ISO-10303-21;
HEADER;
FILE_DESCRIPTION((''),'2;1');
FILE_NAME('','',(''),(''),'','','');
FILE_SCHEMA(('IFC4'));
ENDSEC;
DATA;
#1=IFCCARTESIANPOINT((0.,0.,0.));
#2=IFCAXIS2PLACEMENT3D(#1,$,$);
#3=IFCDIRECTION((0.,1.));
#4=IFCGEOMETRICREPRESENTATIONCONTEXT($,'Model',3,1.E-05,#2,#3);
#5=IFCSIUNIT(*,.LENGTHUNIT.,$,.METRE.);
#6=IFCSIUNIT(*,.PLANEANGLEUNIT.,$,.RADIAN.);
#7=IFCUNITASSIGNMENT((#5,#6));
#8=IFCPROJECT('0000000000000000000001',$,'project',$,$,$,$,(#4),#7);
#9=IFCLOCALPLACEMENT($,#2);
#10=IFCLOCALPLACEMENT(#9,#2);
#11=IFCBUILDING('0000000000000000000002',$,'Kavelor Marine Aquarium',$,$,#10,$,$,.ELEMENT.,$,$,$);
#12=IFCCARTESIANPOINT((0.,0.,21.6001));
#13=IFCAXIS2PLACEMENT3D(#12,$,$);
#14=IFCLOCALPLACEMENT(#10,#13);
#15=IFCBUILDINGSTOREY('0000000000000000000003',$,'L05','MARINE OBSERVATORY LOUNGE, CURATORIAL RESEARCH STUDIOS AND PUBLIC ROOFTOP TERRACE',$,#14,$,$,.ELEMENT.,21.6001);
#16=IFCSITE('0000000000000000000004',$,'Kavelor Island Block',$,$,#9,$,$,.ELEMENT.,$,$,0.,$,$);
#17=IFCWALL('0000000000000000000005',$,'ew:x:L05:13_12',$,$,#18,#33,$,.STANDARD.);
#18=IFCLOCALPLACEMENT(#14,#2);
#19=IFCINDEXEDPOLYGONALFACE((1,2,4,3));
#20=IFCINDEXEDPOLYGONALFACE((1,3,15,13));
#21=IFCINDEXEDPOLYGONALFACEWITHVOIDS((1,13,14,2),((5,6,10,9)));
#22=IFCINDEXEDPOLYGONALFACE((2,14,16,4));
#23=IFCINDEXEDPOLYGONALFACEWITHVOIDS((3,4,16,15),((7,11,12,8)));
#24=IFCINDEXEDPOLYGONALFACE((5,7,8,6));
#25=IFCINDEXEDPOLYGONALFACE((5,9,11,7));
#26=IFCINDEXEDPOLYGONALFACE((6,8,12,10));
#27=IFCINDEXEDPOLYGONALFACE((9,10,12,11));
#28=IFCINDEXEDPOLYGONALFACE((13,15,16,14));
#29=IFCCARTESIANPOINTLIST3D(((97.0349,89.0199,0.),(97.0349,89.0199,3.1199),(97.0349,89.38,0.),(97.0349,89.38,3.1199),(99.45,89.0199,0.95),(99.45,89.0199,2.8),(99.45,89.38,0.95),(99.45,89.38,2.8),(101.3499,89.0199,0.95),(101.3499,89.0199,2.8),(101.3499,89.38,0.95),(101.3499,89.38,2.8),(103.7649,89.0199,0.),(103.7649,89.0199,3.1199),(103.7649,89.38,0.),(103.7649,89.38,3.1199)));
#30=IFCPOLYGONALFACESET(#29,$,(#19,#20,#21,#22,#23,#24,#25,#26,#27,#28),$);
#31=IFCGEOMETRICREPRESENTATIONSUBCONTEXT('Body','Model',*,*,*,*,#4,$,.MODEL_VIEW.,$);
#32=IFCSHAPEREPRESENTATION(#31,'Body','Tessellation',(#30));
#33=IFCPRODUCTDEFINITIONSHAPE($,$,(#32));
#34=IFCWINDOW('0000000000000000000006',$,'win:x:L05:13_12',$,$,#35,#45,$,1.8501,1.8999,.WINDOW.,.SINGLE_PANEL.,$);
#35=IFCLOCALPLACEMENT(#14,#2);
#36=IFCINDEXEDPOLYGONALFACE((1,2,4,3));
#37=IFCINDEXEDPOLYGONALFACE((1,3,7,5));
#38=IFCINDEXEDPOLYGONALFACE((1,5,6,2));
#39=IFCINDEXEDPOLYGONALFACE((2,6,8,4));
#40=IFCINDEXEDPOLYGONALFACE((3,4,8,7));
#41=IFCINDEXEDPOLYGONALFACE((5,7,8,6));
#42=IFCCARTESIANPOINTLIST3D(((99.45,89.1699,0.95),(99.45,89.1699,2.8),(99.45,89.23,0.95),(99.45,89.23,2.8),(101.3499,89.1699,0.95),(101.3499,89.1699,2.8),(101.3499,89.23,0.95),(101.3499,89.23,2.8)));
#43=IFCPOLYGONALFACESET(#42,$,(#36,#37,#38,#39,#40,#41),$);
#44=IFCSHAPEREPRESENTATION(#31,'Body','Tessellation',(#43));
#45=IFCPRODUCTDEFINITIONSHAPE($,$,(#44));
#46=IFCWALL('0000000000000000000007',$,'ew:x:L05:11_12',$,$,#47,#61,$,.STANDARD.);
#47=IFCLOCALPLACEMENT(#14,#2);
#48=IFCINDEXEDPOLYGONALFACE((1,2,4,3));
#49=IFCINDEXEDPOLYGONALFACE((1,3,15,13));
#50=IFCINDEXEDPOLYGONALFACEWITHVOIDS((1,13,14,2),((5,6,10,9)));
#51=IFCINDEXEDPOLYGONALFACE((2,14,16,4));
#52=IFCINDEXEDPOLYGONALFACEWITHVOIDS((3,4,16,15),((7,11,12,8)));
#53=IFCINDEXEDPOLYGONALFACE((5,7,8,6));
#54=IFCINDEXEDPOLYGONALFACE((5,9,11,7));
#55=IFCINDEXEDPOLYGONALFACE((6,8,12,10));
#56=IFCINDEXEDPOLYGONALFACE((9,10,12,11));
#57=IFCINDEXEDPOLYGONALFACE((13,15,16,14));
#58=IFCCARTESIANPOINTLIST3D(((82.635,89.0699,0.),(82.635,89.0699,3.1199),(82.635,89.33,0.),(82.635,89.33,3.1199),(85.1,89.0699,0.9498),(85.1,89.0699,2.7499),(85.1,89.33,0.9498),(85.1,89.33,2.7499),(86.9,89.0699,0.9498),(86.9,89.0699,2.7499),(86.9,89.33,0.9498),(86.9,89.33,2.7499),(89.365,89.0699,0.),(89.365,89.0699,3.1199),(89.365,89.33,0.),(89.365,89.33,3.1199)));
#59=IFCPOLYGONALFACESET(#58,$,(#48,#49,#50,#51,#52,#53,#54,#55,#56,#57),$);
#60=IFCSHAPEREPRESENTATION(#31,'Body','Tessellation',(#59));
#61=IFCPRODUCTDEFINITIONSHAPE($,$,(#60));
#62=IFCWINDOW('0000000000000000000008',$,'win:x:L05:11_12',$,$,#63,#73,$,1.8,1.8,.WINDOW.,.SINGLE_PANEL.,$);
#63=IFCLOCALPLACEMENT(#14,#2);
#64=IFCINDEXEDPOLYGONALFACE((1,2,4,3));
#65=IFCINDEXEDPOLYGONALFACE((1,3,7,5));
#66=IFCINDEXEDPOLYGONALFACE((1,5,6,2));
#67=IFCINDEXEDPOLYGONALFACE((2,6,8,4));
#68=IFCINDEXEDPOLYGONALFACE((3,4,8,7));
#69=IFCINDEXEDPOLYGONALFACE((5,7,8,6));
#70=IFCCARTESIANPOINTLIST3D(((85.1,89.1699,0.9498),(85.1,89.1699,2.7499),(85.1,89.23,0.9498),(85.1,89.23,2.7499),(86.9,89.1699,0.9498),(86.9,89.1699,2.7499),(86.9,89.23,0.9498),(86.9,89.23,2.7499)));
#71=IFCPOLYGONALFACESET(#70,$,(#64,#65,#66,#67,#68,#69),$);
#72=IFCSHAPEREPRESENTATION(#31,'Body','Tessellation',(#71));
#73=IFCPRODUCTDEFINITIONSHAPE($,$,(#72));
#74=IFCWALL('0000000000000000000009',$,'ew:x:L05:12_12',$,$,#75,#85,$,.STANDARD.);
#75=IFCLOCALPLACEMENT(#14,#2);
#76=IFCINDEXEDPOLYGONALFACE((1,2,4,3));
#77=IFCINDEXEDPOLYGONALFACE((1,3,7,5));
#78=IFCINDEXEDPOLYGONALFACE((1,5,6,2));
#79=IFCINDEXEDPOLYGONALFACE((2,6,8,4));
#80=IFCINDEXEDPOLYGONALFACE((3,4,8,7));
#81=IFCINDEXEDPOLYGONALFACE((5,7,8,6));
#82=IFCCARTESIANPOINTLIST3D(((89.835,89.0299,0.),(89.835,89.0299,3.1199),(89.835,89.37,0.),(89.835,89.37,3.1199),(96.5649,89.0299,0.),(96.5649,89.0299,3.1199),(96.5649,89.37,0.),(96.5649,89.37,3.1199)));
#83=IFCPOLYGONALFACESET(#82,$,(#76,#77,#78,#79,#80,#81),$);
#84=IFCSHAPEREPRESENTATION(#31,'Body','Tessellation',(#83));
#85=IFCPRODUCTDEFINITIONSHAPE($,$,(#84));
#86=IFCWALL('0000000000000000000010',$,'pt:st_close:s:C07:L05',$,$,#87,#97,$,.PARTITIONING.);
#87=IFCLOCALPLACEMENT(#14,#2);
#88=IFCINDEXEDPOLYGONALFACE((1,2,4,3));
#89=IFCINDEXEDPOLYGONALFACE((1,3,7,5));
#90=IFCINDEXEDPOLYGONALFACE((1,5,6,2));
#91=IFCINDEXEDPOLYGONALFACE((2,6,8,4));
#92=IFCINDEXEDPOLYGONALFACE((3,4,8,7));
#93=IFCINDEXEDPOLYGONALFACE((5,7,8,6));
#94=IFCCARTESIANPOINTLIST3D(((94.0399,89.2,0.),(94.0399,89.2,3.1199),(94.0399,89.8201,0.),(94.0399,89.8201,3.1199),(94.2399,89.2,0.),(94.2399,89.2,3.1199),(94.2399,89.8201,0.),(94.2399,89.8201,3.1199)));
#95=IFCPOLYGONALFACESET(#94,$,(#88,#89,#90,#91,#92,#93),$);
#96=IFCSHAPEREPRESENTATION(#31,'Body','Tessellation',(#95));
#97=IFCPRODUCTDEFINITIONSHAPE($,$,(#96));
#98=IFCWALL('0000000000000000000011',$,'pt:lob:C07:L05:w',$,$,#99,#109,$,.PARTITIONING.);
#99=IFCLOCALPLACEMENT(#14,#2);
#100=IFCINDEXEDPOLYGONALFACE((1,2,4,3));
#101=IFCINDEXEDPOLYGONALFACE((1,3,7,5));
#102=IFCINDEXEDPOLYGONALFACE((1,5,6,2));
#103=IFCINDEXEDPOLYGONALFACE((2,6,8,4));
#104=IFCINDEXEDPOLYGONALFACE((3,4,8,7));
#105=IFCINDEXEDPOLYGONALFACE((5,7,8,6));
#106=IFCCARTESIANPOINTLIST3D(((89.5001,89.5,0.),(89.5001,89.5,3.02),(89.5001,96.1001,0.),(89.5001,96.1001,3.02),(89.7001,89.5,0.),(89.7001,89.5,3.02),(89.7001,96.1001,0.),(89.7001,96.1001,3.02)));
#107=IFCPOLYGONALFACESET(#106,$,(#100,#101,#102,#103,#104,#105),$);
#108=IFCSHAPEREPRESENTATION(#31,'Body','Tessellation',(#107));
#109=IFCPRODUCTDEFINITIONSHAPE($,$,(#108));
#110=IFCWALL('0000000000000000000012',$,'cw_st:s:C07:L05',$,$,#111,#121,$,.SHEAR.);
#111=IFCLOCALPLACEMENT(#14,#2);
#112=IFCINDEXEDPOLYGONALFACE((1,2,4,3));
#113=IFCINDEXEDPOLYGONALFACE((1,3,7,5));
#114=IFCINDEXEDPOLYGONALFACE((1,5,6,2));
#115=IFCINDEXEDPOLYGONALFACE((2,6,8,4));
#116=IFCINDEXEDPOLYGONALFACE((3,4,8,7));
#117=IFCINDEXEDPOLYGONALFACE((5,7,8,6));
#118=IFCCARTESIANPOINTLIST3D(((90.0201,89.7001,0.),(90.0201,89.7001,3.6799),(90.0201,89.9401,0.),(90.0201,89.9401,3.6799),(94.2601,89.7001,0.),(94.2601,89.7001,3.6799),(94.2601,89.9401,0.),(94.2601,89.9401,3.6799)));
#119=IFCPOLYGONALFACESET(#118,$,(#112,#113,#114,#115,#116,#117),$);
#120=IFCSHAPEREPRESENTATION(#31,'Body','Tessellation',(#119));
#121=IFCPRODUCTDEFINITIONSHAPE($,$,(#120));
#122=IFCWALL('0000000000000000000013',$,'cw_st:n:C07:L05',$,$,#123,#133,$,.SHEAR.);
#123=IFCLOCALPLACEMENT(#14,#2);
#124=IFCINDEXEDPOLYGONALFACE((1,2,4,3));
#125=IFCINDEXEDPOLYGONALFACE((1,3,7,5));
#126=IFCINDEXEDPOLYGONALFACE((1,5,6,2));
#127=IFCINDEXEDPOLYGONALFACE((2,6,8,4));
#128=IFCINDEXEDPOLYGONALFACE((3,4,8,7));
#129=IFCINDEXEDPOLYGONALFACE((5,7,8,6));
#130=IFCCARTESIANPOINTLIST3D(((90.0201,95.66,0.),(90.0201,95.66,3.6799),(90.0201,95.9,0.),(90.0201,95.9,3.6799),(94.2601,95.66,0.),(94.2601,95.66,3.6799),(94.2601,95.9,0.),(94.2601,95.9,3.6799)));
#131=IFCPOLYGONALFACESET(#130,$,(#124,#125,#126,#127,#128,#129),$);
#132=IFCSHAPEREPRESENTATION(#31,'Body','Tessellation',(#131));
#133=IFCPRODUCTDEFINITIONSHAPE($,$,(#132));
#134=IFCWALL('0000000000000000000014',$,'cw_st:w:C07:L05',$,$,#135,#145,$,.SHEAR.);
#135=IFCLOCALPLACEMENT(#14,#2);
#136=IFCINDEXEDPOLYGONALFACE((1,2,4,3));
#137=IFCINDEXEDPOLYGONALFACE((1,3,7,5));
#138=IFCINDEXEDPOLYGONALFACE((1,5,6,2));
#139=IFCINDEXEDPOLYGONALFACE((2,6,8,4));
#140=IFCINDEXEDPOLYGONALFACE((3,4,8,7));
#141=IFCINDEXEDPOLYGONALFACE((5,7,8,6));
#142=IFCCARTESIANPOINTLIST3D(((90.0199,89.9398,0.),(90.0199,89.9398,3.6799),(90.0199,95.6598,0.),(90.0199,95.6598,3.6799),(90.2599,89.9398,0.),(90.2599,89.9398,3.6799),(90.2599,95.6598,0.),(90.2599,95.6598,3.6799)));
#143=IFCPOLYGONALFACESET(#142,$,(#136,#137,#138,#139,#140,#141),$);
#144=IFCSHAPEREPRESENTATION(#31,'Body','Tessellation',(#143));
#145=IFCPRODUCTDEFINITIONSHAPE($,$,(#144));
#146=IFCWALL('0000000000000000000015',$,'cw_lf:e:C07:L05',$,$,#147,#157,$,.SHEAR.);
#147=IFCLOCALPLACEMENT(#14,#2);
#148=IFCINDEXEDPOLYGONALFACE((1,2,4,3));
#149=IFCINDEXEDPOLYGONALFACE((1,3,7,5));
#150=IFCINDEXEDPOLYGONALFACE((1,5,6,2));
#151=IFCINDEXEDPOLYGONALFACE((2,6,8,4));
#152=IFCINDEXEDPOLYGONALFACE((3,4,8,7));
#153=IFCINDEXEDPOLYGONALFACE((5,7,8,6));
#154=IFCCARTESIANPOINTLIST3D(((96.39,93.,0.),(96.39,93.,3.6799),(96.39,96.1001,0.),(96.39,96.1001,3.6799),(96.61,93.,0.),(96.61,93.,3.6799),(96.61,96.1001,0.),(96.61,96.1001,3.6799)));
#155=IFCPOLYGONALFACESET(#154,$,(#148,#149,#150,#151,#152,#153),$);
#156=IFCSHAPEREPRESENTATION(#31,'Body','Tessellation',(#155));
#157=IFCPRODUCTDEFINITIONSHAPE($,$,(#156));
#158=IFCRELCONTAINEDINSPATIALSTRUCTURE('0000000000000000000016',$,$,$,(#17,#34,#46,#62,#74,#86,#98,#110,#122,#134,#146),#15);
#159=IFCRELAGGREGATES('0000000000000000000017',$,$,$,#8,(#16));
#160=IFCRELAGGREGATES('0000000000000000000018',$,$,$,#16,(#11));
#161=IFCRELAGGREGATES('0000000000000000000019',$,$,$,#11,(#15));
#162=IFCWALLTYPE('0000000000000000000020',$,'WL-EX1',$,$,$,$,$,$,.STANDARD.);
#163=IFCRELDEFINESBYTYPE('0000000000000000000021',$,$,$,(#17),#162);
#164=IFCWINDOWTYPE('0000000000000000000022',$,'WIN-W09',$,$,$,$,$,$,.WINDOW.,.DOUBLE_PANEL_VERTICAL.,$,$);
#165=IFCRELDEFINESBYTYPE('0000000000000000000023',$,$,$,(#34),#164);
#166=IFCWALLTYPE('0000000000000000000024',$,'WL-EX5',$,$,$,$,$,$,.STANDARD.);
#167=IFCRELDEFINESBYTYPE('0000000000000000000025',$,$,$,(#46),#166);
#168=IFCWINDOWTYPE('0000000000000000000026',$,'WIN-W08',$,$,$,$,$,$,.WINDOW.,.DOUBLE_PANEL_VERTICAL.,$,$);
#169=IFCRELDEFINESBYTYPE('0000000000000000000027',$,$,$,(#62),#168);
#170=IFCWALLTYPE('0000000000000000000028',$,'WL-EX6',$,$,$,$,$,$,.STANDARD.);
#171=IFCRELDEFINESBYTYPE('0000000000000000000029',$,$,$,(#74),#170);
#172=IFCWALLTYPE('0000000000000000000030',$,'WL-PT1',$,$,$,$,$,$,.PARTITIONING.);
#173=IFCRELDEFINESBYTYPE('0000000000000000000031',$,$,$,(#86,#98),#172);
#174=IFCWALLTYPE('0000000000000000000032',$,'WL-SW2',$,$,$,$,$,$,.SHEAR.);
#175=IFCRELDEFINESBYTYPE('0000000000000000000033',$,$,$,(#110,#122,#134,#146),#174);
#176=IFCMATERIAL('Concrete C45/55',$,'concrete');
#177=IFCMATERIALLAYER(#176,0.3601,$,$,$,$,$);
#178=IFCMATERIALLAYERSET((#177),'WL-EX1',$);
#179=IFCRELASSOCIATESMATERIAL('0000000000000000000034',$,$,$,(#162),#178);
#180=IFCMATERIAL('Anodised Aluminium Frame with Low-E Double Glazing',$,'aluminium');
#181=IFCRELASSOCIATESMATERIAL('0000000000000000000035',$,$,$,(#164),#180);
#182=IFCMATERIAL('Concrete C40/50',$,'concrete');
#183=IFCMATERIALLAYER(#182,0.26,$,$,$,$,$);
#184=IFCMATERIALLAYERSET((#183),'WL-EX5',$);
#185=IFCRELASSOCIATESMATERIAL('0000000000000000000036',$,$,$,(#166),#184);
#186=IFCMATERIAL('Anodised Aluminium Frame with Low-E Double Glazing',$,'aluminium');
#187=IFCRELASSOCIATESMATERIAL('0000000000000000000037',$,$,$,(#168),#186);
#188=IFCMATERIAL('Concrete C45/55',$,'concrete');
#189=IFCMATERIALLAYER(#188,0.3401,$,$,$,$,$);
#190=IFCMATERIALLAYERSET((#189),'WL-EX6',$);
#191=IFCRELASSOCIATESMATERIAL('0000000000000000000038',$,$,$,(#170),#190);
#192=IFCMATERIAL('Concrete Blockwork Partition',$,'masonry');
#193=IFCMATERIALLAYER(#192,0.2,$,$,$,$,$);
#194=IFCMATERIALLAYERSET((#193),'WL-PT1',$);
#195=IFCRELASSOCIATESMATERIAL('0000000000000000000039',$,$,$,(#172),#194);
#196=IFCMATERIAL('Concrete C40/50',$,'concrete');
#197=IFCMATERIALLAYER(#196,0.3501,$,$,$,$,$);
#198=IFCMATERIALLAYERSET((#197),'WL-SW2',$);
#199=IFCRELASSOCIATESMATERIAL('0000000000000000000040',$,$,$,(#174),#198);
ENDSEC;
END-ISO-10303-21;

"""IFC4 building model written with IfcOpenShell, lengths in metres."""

from ifc_helpers import new_model, si_unit, direction, frame, frame_2d, origin, place, context, subcontext, project, spatial, rectangle, extrude, material, layer, layer_set, type_object, element, fill, save


model = new_model("IFC4")

# Units and contexts
model_context = context("Model", 3, precision=1e-05, world=origin(), true_north=direction((0.0, 1.0)))
body_context = subcontext(model_context, "Body", "Model", "MODEL_VIEW")
ifc_project = project(units=[si_unit("LENGTHUNIT", "METRE"), si_unit("PLANEANGLEUNIT", "RADIAN")], contexts=[model_context])

# Site, building, storey
site_placement = place(None, origin())
site = spatial("IfcSite", under=ifc_project, at=site_placement, Name="Kavelor Island Block", CompositionType="ELEMENT", RefElevation=0.0)
building_placement = place(site_placement, origin())
building = spatial("IfcBuilding", under=site, at=building_placement, Name="Kavelor Marine Aquarium", CompositionType="ELEMENT")
storey_placement = place(building_placement, frame((0.0, 0.0, 21.6001)))
storey = spatial("IfcBuildingStorey", under=building, at=storey_placement, Name="L05", Description="MARINE OBSERVATORY LOUNGE, CURATORIAL RESEARCH STUDIOS AND PUBLIC ROOFTOP TERRACE", CompositionType="ELEMENT", Elevation=21.6001)

# Walls, openings, windows
ifc_material_1 = material(Name="Concrete C45/55", Category="concrete")
ifc_layer_1 = layer(ifc_material_1, 0.3601)
ifc_layer_set_1 = layer_set([ifc_layer_1], Name="WL-EX1")
wall_type_1 = type_object("IfcWallType", Name="WL-EX1", PredefinedType="STANDARD", material=ifc_layer_set_1)
wall_1_placement = place(storey_placement, frame((103.7649, 89.2, 0.0), z_axis=(0.0, 0.0, 1.0), x_axis=(-1.0, 0.0, 0.0)))
wall_1 = element("IfcWall", 1, at=wall_1_placement, inside=storey, type_object=wall_type_1, Name="ew:x:L05:13_12", PredefinedType="STANDARD", context=body_context, shape_type="SweptSolid", body=[
    extrude(rectangle(XDim=6.73, YDim=0.3601, at=frame_2d((3.365, 0.0))), origin(), (0.0, 0.0, 1.0), 3.1199),
])
opening_1_placement = place(wall_1_placement, frame((2.415, 0.0, 0.95)))
opening_1 = element("IfcOpeningElement", 2, at=opening_1_placement, cuts=wall_1, PredefinedType="OPENING", context=body_context, shape_type="SweptSolid", body=[
    extrude(rectangle(XDim=1.8999, YDim=1.8501, at=frame_2d((0.95, 0.925))), frame((0.0, 0.1899, 0.0), z_axis=(0.0, -1.0, 0.0), x_axis=(1.0, 0.0, 0.0)), (0.0, 0.0, 1.0), 0.3801),
])
ifc_material_2 = material(Name="Anodised Aluminium Frame with Low-E Double Glazing", Category="aluminium")
window_type_1 = type_object("IfcWindowType", Name="WIN-W09", PartitioningType="DOUBLE_PANEL_VERTICAL", PredefinedType="WINDOW", material=ifc_material_2)
window_1_placement = place(opening_1_placement, origin())
window_1 = element("IfcWindow", 3, at=window_1_placement, inside=storey, type_object=window_type_1, Name="win:x:L05:13_12", OverallHeight=1.8501, OverallWidth=1.8999, PartitioningType="SINGLE_PANEL", PredefinedType="WINDOW", context=body_context, shape_type="SweptSolid", body=[
    extrude(rectangle(XDim=1.8999, YDim=1.8501, at=frame_2d((0.95, 0.925))), frame((0.0, 0.03, 0.0), z_axis=(0.0, -1.0, 0.0), x_axis=(1.0, 0.0, 0.0)), (0.0, 0.0, 1.0), 0.0601),
])
fill(opening_1, window_1)
ifc_material_3 = material(Name="Concrete C40/50", Category="concrete")
ifc_layer_2 = layer(ifc_material_3, 0.26)
ifc_layer_set_2 = layer_set([ifc_layer_2], Name="WL-EX5")
wall_type_2 = type_object("IfcWallType", Name="WL-EX5", PredefinedType="STANDARD", material=ifc_layer_set_2)
wall_2_placement = place(storey_placement, frame((89.365, 89.2, 0.0), z_axis=(0.0, 0.0, 1.0), x_axis=(-1.0, 0.0, 0.0)))
wall_2 = element("IfcWall", 4, at=wall_2_placement, inside=storey, type_object=wall_type_2, Name="ew:x:L05:11_12", PredefinedType="STANDARD", context=body_context, shape_type="SweptSolid", body=[
    extrude(rectangle(XDim=6.73, YDim=0.26, at=frame_2d((3.365, 0.0))), origin(), (0.0, 0.0, 1.0), 3.1199),
])
opening_2_placement = place(wall_2_placement, frame((2.4651, 0.0, 0.95)))
opening_2 = element("IfcOpeningElement", 5, at=opening_2_placement, cuts=wall_2, PredefinedType="OPENING", context=body_context, shape_type="SweptSolid", body=[
    extrude(rectangle(XDim=1.8, YDim=1.8, at=frame_2d((0.8999, 0.8999))), frame((0.0, 0.1399, 0.0), z_axis=(0.0, -1.0, 0.0), x_axis=(1.0, 0.0, 0.0)), (0.0, 0.0, 1.0), 0.28),
])
ifc_material_4 = material(Name="Anodised Aluminium Frame with Low-E Double Glazing", Category="aluminium")
window_type_2 = type_object("IfcWindowType", Name="WIN-W08", PartitioningType="DOUBLE_PANEL_VERTICAL", PredefinedType="WINDOW", material=ifc_material_4)
window_2_placement = place(opening_2_placement, origin())
window_2 = element("IfcWindow", 6, at=window_2_placement, inside=storey, type_object=window_type_2, Name="win:x:L05:11_12", OverallHeight=1.8, OverallWidth=1.8, PartitioningType="SINGLE_PANEL", PredefinedType="WINDOW", context=body_context, shape_type="SweptSolid", body=[
    extrude(rectangle(XDim=1.8, YDim=1.8, at=frame_2d((0.8999, 0.8999))), frame((0.0, 0.03, 0.0), z_axis=(0.0, -1.0, 0.0), x_axis=(1.0, 0.0, 0.0)), (0.0, 0.0, 1.0), 0.0601),
])
fill(opening_2, window_2)

# Walls
ifc_material_5 = material(Name="Concrete C45/55", Category="concrete")
ifc_layer_3 = layer(ifc_material_5, 0.3401)
ifc_layer_set_3 = layer_set([ifc_layer_3], Name="WL-EX6")
wall_type_3 = type_object("IfcWallType", Name="WL-EX6", PredefinedType="STANDARD", material=ifc_layer_set_3)
wall_3_placement = place(storey_placement, frame((96.5649, 89.2, 0.0), z_axis=(0.0, 0.0, 1.0), x_axis=(-1.0, 0.0, 0.0)))
element("IfcWall", 7, at=wall_3_placement, inside=storey, type_object=wall_type_3, Name="ew:x:L05:12_12", PredefinedType="STANDARD", context=body_context, shape_type="SweptSolid", body=[
    extrude(rectangle(XDim=6.73, YDim=0.3401, at=frame_2d((3.365, 0.0))), origin(), (0.0, 0.0, 1.0), 3.1199),
])
ifc_material_6 = material(Name="Concrete Blockwork Partition", Category="masonry")
ifc_layer_4 = layer(ifc_material_6, 0.2)
ifc_layer_set_4 = layer_set([ifc_layer_4], Name="WL-PT1")
wall_type_4 = type_object("IfcWallType", Name="WL-PT1", PredefinedType="PARTITIONING", material=ifc_layer_set_4)
wall_4_placement = place(storey_placement, frame((94.1399, 89.2, 0.0), z_axis=(0.0, 0.0, 1.0), x_axis=(0.0, 1.0, 0.0)))
element("IfcWall", 8, at=wall_4_placement, inside=storey, type_object=wall_type_4, Name="pt:st_close:s:C07:L05", PredefinedType="PARTITIONING", context=body_context, shape_type="SweptSolid", body=[
    extrude(rectangle(XDim=0.6201, YDim=0.2, at=frame_2d((0.3101, 0.0))), origin(), (0.0, 0.0, 1.0), 3.1199),
])
wall_5_placement = place(storey_placement, frame((89.6001, 89.5, 0.0), z_axis=(0.0, 0.0, 1.0), x_axis=(0.0, 1.0, 0.0)))
element("IfcWall", 9, at=wall_5_placement, inside=storey, type_object=wall_type_4, Name="pt:lob:C07:L05:w", PredefinedType="PARTITIONING", context=body_context, shape_type="SweptSolid", body=[
    extrude(rectangle(XDim=6.6001, YDim=0.2, at=frame_2d((3.3, 0.0))), origin(), (0.0, 0.0, 1.0), 3.02),
])

# Walls
ifc_material_7 = material(Name="Concrete C40/50", Category="concrete")
ifc_layer_5 = layer(ifc_material_7, 0.3501)
ifc_layer_set_5 = layer_set([ifc_layer_5], Name="WL-SW2")
wall_type_5 = type_object("IfcWallType", Name="WL-SW2", PredefinedType="SHEAR", material=ifc_layer_set_5)
for number, where, z_axis, x_axis, name in (
    (10, (90.02, 89.8201, 0.0), (0.0, 0.0, 1.0), (1.0, 0.0, 0.0), "cw_st:s:C07:L05"),
    (11, (90.02, 95.78, 0.0), (0.0, 0.0, 1.0), (1.0, 0.0, 0.0), "cw_st:n:C07:L05"),
):
    element("IfcWall", number, at=place(storey_placement, frame(where, z_axis=z_axis, x_axis=x_axis)), inside=storey, type_object=wall_type_5, Name=name, PredefinedType="SHEAR", context=body_context, shape_type="SweptSolid", body=[
        extrude(rectangle(XDim=4.24, YDim=0.24, at=frame_2d((2.1201, 0.0))), origin(), (0.0, 0.0, 1.0), 3.6799),
    ])
wall_6_placement = place(storey_placement, frame((90.1399, 89.9399, 0.0), z_axis=(0.0, 0.0, 1.0), x_axis=(0.0, 1.0, 0.0)))
element("IfcWall", 12, at=wall_6_placement, inside=storey, type_object=wall_type_5, Name="cw_st:w:C07:L05", PredefinedType="SHEAR", context=body_context, shape_type="SweptSolid", body=[
    extrude(rectangle(XDim=5.72, YDim=0.24, at=frame_2d((2.8599, 0.0))), origin(), (0.0, 0.0, 1.0), 3.6799),
])

# Wall
wall_7_placement = place(storey_placement, frame((96.5, 93.0, 0.0), z_axis=(0.0, 0.0, 1.0), x_axis=(0.0, 1.0, 0.0)))
element("IfcWall", 13, at=wall_7_placement, inside=storey, type_object=wall_type_5, Name="cw_lf:e:C07:L05", PredefinedType="SHEAR", context=body_context, shape_type="SweptSolid", body=[
    extrude(rectangle(XDim=3.1001, YDim=0.22, at=frame_2d((1.55, 0.0))), origin(), (0.0, 0.0, 1.0), 3.6799),
])

save(model, "model.ifc")
